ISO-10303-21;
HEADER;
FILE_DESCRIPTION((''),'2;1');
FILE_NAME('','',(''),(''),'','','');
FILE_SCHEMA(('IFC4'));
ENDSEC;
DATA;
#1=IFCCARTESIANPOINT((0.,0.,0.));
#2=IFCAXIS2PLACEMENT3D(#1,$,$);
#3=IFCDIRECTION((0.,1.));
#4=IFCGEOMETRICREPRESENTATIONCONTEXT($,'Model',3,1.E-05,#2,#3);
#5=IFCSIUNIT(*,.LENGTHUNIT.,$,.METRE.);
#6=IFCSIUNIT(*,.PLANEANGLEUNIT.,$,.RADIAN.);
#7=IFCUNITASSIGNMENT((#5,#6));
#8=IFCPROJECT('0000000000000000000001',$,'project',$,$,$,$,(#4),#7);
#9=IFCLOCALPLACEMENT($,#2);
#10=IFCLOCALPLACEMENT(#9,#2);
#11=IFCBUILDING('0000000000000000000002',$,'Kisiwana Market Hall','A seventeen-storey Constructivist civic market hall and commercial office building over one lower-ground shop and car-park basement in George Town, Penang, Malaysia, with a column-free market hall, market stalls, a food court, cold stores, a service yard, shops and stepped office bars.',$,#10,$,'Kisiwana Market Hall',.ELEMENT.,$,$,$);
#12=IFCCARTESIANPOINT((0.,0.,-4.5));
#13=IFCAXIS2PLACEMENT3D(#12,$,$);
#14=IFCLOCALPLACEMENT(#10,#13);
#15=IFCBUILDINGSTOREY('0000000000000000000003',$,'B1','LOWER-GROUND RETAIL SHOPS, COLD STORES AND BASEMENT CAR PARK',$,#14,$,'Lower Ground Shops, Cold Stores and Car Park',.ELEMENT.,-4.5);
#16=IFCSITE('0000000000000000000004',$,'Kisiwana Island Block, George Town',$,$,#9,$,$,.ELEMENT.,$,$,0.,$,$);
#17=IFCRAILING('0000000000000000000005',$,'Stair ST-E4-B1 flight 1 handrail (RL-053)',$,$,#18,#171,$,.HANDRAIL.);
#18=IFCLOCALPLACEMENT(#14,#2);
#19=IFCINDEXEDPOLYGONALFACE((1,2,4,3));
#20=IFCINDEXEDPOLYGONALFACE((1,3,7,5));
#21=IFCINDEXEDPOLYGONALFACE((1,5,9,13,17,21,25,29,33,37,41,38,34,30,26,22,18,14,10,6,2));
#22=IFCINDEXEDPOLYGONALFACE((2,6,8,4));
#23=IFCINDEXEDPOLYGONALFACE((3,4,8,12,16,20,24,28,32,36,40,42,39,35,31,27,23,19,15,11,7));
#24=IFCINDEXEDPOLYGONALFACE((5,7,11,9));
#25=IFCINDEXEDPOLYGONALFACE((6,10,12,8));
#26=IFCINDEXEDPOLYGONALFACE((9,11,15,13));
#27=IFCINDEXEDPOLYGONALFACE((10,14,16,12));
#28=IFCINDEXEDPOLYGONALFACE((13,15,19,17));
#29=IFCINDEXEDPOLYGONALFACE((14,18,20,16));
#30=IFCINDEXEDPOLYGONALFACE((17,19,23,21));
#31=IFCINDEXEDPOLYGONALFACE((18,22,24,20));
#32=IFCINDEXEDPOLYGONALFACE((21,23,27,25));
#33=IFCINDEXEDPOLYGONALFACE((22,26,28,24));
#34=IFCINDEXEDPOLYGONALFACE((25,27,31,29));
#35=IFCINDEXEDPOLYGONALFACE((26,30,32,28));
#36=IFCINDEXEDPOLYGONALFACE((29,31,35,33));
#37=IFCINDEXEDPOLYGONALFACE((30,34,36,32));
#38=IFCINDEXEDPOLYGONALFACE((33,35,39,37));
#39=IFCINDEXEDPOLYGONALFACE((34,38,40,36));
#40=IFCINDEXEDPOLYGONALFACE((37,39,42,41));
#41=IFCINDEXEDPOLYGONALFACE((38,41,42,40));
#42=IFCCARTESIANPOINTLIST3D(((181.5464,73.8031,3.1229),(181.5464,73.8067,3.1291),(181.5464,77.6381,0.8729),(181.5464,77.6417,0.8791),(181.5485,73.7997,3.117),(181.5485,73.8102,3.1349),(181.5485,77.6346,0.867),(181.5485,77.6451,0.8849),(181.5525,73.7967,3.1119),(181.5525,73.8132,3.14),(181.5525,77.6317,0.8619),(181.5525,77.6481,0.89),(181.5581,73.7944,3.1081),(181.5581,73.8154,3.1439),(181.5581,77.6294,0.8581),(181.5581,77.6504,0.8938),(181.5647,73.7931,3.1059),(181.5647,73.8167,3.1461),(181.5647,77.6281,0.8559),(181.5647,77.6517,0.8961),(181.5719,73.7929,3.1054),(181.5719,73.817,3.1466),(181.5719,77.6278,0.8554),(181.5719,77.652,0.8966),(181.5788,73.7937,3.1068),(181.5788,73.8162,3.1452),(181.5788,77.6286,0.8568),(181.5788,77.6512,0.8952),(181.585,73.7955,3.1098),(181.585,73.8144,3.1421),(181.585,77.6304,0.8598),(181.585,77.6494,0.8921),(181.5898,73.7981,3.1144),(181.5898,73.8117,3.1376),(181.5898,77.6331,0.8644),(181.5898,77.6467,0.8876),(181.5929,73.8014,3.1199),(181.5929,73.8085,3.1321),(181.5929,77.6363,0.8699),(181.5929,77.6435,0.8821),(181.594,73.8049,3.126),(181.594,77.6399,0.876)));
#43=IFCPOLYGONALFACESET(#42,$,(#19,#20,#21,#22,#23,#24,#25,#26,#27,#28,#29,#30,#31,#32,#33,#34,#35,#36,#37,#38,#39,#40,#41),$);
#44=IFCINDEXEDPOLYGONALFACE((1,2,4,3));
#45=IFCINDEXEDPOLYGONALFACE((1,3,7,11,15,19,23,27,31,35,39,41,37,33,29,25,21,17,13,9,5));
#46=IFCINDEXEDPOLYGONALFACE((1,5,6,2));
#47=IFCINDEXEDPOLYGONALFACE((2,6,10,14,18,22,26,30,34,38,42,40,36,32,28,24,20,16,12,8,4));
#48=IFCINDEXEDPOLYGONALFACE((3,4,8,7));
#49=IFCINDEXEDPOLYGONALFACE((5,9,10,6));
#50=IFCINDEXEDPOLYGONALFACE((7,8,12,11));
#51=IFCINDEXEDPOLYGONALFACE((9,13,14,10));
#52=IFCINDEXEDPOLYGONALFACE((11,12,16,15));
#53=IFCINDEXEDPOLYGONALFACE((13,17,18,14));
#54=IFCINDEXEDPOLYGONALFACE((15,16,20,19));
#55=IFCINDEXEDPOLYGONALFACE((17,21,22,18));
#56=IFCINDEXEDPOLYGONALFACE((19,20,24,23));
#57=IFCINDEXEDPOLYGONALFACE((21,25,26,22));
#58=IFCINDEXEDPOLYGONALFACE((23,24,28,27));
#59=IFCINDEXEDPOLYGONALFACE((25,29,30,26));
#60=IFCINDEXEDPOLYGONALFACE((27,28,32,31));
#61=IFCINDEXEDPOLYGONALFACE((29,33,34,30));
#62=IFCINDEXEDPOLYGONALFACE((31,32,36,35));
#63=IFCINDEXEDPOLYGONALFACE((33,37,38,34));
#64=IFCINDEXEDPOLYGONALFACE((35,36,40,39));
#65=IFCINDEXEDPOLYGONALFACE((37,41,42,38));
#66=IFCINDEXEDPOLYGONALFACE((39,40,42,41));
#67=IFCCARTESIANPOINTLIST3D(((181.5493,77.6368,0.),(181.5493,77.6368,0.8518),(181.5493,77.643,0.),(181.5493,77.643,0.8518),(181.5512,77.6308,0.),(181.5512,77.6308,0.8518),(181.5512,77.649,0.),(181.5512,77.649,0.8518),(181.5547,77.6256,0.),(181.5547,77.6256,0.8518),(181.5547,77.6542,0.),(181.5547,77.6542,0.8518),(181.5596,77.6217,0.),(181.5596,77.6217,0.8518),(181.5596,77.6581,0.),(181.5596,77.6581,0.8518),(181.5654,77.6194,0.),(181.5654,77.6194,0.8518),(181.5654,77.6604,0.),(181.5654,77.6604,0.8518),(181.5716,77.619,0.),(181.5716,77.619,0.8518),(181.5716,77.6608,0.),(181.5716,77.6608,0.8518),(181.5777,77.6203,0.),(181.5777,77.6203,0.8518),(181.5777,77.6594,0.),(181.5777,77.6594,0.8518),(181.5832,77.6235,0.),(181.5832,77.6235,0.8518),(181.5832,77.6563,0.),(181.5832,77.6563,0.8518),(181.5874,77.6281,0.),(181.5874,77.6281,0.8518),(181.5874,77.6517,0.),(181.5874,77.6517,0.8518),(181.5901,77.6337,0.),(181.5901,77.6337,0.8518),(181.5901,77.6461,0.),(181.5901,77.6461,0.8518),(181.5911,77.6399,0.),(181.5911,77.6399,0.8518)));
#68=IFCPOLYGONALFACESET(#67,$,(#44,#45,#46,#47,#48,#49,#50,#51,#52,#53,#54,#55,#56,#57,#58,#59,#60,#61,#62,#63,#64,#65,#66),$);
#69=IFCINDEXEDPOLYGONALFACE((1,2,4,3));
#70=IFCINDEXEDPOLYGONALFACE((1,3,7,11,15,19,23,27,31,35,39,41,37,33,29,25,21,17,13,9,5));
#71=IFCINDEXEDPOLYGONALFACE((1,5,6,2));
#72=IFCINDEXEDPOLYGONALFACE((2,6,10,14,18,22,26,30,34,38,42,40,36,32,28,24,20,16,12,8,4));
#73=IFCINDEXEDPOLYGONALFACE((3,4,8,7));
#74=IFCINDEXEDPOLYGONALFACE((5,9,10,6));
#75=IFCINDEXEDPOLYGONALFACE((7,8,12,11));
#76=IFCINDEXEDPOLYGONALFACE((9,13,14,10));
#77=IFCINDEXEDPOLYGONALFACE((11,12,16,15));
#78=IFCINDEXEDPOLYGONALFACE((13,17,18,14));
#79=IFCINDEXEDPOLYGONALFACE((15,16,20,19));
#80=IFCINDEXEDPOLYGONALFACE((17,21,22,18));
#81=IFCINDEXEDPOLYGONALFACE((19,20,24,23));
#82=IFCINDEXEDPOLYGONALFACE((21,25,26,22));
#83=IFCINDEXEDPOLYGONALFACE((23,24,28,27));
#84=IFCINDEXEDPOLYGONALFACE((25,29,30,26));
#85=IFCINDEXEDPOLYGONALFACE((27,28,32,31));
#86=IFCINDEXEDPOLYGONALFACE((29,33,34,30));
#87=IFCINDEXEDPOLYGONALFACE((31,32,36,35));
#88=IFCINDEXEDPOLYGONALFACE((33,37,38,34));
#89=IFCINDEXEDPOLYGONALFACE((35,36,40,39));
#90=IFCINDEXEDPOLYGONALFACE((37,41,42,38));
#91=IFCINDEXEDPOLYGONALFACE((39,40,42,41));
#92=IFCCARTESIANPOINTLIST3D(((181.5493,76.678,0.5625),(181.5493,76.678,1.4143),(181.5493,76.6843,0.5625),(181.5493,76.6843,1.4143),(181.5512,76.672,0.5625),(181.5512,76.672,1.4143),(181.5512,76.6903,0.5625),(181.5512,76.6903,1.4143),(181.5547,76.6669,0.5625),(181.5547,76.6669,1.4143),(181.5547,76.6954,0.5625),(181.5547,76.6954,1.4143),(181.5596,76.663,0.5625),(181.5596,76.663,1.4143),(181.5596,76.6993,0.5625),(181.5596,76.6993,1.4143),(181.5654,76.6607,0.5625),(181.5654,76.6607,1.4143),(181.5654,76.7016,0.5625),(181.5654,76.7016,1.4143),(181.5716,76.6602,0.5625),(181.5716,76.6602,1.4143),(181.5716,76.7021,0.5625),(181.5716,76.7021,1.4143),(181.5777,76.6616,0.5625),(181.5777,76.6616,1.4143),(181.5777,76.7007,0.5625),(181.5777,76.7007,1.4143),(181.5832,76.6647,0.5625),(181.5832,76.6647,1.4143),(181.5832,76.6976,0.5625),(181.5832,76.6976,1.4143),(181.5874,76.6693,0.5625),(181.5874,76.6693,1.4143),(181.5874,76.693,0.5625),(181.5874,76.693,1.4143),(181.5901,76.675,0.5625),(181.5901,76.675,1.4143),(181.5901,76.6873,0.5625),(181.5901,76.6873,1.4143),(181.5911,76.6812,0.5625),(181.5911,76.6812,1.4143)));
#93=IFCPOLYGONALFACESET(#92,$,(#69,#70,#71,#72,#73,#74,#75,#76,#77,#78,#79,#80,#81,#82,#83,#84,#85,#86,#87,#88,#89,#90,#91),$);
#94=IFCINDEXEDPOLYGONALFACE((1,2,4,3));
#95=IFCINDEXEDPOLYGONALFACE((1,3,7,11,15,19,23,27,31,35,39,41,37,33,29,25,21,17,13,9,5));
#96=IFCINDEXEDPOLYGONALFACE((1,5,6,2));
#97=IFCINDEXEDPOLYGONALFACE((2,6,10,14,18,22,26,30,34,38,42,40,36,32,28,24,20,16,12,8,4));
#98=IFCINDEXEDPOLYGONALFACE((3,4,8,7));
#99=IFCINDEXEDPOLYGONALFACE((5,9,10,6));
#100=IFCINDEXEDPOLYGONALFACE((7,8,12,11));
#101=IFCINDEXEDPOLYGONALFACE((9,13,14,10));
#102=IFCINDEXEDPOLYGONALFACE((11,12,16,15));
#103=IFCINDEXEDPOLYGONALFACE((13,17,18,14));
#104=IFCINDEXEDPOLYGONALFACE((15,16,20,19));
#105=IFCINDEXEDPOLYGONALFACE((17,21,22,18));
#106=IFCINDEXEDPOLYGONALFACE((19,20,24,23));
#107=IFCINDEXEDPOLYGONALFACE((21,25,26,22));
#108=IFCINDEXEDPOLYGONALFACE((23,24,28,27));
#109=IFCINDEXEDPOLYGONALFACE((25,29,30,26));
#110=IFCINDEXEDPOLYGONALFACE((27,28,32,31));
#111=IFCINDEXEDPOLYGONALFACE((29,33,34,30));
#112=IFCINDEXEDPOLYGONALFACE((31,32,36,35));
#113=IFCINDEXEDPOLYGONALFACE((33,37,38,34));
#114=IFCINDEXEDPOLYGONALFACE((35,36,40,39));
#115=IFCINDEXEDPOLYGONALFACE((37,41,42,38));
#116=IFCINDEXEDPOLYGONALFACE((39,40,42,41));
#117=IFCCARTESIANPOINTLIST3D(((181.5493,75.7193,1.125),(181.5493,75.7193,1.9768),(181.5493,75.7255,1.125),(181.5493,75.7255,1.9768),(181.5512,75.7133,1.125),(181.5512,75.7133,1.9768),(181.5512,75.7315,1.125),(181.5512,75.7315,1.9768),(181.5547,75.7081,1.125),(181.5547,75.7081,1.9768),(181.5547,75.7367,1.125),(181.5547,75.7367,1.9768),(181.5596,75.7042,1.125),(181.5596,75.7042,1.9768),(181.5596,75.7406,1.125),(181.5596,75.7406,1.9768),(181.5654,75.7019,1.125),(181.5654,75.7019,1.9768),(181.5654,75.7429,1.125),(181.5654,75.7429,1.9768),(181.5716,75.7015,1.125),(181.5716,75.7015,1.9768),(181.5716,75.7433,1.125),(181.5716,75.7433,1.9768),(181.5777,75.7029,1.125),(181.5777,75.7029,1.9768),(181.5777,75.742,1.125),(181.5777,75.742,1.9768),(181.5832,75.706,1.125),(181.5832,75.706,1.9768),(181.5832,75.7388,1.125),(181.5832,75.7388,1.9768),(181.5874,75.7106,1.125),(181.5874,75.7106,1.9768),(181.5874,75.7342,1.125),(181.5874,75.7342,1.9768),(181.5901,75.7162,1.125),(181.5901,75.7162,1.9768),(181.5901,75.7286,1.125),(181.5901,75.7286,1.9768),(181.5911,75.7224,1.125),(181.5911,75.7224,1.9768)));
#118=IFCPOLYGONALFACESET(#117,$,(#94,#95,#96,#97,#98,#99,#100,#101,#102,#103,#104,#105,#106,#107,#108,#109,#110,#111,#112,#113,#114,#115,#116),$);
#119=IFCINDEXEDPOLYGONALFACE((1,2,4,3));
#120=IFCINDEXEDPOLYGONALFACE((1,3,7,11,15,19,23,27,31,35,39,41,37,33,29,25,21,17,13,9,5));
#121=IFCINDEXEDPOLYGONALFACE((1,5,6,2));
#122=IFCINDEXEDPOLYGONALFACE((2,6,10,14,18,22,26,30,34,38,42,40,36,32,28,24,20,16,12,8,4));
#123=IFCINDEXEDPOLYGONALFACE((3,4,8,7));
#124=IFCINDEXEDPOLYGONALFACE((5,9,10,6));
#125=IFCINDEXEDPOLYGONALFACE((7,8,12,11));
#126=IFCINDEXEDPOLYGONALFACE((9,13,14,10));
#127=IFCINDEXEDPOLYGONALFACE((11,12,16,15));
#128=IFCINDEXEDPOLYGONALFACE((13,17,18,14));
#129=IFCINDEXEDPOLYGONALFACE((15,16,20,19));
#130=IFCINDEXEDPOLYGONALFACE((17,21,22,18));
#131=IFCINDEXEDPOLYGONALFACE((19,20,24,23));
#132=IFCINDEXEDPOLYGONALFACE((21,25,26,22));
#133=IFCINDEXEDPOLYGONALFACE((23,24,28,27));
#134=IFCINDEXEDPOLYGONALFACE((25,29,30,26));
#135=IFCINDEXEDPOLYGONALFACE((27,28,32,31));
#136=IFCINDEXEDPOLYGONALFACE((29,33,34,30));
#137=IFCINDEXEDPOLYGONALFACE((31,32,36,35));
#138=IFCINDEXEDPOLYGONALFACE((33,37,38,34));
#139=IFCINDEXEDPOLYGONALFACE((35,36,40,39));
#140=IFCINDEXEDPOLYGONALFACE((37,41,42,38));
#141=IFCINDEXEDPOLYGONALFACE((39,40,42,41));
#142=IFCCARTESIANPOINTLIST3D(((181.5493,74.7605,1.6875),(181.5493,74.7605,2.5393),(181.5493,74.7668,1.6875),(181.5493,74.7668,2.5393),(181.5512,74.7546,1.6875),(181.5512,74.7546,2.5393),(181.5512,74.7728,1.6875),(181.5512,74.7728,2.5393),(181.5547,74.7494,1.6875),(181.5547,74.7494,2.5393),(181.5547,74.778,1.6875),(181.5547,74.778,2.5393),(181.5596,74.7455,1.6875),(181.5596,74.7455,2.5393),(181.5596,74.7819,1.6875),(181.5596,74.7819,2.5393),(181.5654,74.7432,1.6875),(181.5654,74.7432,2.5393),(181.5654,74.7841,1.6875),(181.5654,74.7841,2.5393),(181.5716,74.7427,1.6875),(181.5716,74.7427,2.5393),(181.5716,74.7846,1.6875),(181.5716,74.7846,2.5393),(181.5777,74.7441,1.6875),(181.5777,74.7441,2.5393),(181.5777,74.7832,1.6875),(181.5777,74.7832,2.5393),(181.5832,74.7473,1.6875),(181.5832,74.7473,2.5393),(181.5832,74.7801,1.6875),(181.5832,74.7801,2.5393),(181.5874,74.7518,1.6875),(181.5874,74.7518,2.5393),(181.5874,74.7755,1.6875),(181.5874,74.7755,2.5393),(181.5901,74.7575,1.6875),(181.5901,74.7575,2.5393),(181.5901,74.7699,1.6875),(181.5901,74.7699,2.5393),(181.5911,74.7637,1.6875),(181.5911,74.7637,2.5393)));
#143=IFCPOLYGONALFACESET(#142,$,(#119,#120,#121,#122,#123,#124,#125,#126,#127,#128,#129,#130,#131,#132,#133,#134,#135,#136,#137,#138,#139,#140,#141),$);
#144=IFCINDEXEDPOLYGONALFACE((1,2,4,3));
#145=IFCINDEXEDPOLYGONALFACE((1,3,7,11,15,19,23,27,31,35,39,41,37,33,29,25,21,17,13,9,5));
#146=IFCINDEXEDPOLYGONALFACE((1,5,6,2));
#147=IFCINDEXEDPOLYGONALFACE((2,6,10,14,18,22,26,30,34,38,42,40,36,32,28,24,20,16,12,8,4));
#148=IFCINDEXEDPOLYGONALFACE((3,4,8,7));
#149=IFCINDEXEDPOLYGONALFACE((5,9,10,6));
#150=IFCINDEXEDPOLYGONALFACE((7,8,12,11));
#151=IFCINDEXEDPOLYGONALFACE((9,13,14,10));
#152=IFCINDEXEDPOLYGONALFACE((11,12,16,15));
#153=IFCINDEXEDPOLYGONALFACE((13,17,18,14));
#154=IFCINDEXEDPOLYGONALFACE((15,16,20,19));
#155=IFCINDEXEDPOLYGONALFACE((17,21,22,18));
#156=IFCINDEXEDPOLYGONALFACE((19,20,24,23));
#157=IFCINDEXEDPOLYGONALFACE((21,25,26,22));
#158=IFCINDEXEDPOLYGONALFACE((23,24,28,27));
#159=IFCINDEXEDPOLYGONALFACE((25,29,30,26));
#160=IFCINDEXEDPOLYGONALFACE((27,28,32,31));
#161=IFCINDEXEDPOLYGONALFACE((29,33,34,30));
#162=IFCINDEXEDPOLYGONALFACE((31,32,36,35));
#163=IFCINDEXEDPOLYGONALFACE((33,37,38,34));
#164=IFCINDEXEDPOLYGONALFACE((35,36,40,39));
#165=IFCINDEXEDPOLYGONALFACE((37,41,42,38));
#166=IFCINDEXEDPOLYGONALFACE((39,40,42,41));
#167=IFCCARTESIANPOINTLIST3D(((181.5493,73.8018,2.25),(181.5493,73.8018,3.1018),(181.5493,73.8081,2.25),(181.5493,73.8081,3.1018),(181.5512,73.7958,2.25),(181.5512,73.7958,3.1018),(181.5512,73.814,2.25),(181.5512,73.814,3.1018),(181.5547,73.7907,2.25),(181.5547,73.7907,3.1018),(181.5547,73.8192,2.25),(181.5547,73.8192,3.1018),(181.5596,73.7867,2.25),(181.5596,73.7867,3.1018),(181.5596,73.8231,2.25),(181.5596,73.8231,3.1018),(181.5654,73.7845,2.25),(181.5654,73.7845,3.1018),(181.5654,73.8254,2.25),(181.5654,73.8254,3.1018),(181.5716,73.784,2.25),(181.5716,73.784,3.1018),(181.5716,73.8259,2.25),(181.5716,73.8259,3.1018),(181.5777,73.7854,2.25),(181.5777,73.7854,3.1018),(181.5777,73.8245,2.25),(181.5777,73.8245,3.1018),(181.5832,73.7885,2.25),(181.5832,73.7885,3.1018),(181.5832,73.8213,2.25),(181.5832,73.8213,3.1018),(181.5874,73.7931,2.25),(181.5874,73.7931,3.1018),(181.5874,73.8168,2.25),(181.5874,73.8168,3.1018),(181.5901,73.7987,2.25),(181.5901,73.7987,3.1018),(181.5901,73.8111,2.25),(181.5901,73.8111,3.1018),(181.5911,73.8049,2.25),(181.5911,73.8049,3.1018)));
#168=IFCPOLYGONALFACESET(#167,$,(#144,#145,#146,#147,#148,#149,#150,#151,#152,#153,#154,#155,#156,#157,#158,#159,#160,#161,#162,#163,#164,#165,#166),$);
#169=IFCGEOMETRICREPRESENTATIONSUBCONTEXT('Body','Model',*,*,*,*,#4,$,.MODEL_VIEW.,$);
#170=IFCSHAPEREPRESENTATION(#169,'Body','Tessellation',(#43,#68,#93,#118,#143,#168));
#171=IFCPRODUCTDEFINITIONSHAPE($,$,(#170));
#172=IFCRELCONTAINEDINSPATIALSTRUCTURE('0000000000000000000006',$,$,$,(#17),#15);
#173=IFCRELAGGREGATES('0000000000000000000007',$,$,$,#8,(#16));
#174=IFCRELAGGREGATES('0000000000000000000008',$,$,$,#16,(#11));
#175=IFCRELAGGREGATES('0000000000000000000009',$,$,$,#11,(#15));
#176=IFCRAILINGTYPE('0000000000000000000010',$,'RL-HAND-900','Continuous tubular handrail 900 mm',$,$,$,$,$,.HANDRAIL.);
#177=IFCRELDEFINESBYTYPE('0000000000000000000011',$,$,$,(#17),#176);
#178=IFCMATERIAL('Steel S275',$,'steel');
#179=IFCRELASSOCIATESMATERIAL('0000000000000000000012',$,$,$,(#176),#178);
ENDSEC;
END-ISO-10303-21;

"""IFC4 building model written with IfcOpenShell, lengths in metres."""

from ifc_helpers import new_model, si_unit, direction, frame, origin, origin_2d, place, context, subcontext, project, spatial, circle, extrude, material, type_object, element, save


model = new_model("IFC4")

# Units and contexts
model_context = context("Model", 3, precision=1e-05, world=origin(), true_north=direction((0.0, 1.0)))
body_context = subcontext(model_context, "Body", "Model", "MODEL_VIEW")
ifc_project = project(units=[si_unit("LENGTHUNIT", "METRE"), si_unit("PLANEANGLEUNIT", "RADIAN")], contexts=[model_context])

# Site, building, storey
site_placement = place(None, origin())
site = spatial("IfcSite", under=ifc_project, at=site_placement, Name="Kisiwana Island Block, George Town", CompositionType="ELEMENT", RefElevation=0.0)
building_placement = place(site_placement, origin())
building = spatial("IfcBuilding", under=site, at=building_placement, Name="Kisiwana Market Hall", Description="A seventeen-storey Constructivist civic market hall and commercial office building over one lower-ground shop and car-park basement in George Town, Penang, Malaysia, with a column-free market hall, market stalls, a food court, cold stores, a service yard, shops and stepped office bars.", LongName="Kisiwana Market Hall", CompositionType="ELEMENT")
storey_placement = place(building_placement, frame((0.0, 0.0, -4.5)))
storey = spatial("IfcBuildingStorey", under=building, at=storey_placement, Name="B1", Description="LOWER-GROUND RETAIL SHOPS, COLD STORES AND BASEMENT CAR PARK", LongName="Lower Ground Shops, Cold Stores and Car Park", CompositionType="ELEMENT", Elevation=-4.5)

# Railing
ifc_material_1 = material(Name="Steel S275", Category="steel")
railing_type_1 = type_object("IfcRailingType", Name="RL-HAND-900", Description="Continuous tubular handrail 900 mm", PredefinedType="HANDRAIL", material=ifc_material_1)
railing_1_placement = place(storey_placement, frame((181.5701, 77.6399, 0.0)))
element("IfcRailing", 1, at=railing_1_placement, inside=storey, type_object=railing_type_1, Name="Stair ST-E4-B1 flight 1 handrail (RL-053)", PredefinedType="HANDRAIL", context=body_context, shape_type="SweptSolid", body=[
    extrude(circle(Radius=0.0239, at=origin_2d()), frame((0.0, 0.0, 0.876), z_axis=(0.0, -0.86251, 0.506041), x_axis=(1.0, 0.0, 0.0)), (0.0, 0.0, 1.0), 4.4463),
    extrude(circle(Radius=0.021, at=origin_2d()), origin(), (0.0, 0.0, 1.0), 0.8518),
    extrude(circle(Radius=0.021, at=origin_2d()), frame((0.0, -0.9587, 0.5625)), (0.0, 0.0, 1.0), 0.8518),
    extrude(circle(Radius=0.021, at=origin_2d()), frame((0.0, -1.9175, 1.125)), (0.0, 0.0, 1.0), 0.8518),
    extrude(circle(Radius=0.021, at=origin_2d()), frame((0.0, -2.8762, 1.6875)), (0.0, 0.0, 1.0), 0.8518),
    extrude(circle(Radius=0.021, at=origin_2d()), frame((0.0, -3.835, 2.25)), (0.0, 0.0, 1.0), 0.8518),
])

save(model, "model.ifc")
